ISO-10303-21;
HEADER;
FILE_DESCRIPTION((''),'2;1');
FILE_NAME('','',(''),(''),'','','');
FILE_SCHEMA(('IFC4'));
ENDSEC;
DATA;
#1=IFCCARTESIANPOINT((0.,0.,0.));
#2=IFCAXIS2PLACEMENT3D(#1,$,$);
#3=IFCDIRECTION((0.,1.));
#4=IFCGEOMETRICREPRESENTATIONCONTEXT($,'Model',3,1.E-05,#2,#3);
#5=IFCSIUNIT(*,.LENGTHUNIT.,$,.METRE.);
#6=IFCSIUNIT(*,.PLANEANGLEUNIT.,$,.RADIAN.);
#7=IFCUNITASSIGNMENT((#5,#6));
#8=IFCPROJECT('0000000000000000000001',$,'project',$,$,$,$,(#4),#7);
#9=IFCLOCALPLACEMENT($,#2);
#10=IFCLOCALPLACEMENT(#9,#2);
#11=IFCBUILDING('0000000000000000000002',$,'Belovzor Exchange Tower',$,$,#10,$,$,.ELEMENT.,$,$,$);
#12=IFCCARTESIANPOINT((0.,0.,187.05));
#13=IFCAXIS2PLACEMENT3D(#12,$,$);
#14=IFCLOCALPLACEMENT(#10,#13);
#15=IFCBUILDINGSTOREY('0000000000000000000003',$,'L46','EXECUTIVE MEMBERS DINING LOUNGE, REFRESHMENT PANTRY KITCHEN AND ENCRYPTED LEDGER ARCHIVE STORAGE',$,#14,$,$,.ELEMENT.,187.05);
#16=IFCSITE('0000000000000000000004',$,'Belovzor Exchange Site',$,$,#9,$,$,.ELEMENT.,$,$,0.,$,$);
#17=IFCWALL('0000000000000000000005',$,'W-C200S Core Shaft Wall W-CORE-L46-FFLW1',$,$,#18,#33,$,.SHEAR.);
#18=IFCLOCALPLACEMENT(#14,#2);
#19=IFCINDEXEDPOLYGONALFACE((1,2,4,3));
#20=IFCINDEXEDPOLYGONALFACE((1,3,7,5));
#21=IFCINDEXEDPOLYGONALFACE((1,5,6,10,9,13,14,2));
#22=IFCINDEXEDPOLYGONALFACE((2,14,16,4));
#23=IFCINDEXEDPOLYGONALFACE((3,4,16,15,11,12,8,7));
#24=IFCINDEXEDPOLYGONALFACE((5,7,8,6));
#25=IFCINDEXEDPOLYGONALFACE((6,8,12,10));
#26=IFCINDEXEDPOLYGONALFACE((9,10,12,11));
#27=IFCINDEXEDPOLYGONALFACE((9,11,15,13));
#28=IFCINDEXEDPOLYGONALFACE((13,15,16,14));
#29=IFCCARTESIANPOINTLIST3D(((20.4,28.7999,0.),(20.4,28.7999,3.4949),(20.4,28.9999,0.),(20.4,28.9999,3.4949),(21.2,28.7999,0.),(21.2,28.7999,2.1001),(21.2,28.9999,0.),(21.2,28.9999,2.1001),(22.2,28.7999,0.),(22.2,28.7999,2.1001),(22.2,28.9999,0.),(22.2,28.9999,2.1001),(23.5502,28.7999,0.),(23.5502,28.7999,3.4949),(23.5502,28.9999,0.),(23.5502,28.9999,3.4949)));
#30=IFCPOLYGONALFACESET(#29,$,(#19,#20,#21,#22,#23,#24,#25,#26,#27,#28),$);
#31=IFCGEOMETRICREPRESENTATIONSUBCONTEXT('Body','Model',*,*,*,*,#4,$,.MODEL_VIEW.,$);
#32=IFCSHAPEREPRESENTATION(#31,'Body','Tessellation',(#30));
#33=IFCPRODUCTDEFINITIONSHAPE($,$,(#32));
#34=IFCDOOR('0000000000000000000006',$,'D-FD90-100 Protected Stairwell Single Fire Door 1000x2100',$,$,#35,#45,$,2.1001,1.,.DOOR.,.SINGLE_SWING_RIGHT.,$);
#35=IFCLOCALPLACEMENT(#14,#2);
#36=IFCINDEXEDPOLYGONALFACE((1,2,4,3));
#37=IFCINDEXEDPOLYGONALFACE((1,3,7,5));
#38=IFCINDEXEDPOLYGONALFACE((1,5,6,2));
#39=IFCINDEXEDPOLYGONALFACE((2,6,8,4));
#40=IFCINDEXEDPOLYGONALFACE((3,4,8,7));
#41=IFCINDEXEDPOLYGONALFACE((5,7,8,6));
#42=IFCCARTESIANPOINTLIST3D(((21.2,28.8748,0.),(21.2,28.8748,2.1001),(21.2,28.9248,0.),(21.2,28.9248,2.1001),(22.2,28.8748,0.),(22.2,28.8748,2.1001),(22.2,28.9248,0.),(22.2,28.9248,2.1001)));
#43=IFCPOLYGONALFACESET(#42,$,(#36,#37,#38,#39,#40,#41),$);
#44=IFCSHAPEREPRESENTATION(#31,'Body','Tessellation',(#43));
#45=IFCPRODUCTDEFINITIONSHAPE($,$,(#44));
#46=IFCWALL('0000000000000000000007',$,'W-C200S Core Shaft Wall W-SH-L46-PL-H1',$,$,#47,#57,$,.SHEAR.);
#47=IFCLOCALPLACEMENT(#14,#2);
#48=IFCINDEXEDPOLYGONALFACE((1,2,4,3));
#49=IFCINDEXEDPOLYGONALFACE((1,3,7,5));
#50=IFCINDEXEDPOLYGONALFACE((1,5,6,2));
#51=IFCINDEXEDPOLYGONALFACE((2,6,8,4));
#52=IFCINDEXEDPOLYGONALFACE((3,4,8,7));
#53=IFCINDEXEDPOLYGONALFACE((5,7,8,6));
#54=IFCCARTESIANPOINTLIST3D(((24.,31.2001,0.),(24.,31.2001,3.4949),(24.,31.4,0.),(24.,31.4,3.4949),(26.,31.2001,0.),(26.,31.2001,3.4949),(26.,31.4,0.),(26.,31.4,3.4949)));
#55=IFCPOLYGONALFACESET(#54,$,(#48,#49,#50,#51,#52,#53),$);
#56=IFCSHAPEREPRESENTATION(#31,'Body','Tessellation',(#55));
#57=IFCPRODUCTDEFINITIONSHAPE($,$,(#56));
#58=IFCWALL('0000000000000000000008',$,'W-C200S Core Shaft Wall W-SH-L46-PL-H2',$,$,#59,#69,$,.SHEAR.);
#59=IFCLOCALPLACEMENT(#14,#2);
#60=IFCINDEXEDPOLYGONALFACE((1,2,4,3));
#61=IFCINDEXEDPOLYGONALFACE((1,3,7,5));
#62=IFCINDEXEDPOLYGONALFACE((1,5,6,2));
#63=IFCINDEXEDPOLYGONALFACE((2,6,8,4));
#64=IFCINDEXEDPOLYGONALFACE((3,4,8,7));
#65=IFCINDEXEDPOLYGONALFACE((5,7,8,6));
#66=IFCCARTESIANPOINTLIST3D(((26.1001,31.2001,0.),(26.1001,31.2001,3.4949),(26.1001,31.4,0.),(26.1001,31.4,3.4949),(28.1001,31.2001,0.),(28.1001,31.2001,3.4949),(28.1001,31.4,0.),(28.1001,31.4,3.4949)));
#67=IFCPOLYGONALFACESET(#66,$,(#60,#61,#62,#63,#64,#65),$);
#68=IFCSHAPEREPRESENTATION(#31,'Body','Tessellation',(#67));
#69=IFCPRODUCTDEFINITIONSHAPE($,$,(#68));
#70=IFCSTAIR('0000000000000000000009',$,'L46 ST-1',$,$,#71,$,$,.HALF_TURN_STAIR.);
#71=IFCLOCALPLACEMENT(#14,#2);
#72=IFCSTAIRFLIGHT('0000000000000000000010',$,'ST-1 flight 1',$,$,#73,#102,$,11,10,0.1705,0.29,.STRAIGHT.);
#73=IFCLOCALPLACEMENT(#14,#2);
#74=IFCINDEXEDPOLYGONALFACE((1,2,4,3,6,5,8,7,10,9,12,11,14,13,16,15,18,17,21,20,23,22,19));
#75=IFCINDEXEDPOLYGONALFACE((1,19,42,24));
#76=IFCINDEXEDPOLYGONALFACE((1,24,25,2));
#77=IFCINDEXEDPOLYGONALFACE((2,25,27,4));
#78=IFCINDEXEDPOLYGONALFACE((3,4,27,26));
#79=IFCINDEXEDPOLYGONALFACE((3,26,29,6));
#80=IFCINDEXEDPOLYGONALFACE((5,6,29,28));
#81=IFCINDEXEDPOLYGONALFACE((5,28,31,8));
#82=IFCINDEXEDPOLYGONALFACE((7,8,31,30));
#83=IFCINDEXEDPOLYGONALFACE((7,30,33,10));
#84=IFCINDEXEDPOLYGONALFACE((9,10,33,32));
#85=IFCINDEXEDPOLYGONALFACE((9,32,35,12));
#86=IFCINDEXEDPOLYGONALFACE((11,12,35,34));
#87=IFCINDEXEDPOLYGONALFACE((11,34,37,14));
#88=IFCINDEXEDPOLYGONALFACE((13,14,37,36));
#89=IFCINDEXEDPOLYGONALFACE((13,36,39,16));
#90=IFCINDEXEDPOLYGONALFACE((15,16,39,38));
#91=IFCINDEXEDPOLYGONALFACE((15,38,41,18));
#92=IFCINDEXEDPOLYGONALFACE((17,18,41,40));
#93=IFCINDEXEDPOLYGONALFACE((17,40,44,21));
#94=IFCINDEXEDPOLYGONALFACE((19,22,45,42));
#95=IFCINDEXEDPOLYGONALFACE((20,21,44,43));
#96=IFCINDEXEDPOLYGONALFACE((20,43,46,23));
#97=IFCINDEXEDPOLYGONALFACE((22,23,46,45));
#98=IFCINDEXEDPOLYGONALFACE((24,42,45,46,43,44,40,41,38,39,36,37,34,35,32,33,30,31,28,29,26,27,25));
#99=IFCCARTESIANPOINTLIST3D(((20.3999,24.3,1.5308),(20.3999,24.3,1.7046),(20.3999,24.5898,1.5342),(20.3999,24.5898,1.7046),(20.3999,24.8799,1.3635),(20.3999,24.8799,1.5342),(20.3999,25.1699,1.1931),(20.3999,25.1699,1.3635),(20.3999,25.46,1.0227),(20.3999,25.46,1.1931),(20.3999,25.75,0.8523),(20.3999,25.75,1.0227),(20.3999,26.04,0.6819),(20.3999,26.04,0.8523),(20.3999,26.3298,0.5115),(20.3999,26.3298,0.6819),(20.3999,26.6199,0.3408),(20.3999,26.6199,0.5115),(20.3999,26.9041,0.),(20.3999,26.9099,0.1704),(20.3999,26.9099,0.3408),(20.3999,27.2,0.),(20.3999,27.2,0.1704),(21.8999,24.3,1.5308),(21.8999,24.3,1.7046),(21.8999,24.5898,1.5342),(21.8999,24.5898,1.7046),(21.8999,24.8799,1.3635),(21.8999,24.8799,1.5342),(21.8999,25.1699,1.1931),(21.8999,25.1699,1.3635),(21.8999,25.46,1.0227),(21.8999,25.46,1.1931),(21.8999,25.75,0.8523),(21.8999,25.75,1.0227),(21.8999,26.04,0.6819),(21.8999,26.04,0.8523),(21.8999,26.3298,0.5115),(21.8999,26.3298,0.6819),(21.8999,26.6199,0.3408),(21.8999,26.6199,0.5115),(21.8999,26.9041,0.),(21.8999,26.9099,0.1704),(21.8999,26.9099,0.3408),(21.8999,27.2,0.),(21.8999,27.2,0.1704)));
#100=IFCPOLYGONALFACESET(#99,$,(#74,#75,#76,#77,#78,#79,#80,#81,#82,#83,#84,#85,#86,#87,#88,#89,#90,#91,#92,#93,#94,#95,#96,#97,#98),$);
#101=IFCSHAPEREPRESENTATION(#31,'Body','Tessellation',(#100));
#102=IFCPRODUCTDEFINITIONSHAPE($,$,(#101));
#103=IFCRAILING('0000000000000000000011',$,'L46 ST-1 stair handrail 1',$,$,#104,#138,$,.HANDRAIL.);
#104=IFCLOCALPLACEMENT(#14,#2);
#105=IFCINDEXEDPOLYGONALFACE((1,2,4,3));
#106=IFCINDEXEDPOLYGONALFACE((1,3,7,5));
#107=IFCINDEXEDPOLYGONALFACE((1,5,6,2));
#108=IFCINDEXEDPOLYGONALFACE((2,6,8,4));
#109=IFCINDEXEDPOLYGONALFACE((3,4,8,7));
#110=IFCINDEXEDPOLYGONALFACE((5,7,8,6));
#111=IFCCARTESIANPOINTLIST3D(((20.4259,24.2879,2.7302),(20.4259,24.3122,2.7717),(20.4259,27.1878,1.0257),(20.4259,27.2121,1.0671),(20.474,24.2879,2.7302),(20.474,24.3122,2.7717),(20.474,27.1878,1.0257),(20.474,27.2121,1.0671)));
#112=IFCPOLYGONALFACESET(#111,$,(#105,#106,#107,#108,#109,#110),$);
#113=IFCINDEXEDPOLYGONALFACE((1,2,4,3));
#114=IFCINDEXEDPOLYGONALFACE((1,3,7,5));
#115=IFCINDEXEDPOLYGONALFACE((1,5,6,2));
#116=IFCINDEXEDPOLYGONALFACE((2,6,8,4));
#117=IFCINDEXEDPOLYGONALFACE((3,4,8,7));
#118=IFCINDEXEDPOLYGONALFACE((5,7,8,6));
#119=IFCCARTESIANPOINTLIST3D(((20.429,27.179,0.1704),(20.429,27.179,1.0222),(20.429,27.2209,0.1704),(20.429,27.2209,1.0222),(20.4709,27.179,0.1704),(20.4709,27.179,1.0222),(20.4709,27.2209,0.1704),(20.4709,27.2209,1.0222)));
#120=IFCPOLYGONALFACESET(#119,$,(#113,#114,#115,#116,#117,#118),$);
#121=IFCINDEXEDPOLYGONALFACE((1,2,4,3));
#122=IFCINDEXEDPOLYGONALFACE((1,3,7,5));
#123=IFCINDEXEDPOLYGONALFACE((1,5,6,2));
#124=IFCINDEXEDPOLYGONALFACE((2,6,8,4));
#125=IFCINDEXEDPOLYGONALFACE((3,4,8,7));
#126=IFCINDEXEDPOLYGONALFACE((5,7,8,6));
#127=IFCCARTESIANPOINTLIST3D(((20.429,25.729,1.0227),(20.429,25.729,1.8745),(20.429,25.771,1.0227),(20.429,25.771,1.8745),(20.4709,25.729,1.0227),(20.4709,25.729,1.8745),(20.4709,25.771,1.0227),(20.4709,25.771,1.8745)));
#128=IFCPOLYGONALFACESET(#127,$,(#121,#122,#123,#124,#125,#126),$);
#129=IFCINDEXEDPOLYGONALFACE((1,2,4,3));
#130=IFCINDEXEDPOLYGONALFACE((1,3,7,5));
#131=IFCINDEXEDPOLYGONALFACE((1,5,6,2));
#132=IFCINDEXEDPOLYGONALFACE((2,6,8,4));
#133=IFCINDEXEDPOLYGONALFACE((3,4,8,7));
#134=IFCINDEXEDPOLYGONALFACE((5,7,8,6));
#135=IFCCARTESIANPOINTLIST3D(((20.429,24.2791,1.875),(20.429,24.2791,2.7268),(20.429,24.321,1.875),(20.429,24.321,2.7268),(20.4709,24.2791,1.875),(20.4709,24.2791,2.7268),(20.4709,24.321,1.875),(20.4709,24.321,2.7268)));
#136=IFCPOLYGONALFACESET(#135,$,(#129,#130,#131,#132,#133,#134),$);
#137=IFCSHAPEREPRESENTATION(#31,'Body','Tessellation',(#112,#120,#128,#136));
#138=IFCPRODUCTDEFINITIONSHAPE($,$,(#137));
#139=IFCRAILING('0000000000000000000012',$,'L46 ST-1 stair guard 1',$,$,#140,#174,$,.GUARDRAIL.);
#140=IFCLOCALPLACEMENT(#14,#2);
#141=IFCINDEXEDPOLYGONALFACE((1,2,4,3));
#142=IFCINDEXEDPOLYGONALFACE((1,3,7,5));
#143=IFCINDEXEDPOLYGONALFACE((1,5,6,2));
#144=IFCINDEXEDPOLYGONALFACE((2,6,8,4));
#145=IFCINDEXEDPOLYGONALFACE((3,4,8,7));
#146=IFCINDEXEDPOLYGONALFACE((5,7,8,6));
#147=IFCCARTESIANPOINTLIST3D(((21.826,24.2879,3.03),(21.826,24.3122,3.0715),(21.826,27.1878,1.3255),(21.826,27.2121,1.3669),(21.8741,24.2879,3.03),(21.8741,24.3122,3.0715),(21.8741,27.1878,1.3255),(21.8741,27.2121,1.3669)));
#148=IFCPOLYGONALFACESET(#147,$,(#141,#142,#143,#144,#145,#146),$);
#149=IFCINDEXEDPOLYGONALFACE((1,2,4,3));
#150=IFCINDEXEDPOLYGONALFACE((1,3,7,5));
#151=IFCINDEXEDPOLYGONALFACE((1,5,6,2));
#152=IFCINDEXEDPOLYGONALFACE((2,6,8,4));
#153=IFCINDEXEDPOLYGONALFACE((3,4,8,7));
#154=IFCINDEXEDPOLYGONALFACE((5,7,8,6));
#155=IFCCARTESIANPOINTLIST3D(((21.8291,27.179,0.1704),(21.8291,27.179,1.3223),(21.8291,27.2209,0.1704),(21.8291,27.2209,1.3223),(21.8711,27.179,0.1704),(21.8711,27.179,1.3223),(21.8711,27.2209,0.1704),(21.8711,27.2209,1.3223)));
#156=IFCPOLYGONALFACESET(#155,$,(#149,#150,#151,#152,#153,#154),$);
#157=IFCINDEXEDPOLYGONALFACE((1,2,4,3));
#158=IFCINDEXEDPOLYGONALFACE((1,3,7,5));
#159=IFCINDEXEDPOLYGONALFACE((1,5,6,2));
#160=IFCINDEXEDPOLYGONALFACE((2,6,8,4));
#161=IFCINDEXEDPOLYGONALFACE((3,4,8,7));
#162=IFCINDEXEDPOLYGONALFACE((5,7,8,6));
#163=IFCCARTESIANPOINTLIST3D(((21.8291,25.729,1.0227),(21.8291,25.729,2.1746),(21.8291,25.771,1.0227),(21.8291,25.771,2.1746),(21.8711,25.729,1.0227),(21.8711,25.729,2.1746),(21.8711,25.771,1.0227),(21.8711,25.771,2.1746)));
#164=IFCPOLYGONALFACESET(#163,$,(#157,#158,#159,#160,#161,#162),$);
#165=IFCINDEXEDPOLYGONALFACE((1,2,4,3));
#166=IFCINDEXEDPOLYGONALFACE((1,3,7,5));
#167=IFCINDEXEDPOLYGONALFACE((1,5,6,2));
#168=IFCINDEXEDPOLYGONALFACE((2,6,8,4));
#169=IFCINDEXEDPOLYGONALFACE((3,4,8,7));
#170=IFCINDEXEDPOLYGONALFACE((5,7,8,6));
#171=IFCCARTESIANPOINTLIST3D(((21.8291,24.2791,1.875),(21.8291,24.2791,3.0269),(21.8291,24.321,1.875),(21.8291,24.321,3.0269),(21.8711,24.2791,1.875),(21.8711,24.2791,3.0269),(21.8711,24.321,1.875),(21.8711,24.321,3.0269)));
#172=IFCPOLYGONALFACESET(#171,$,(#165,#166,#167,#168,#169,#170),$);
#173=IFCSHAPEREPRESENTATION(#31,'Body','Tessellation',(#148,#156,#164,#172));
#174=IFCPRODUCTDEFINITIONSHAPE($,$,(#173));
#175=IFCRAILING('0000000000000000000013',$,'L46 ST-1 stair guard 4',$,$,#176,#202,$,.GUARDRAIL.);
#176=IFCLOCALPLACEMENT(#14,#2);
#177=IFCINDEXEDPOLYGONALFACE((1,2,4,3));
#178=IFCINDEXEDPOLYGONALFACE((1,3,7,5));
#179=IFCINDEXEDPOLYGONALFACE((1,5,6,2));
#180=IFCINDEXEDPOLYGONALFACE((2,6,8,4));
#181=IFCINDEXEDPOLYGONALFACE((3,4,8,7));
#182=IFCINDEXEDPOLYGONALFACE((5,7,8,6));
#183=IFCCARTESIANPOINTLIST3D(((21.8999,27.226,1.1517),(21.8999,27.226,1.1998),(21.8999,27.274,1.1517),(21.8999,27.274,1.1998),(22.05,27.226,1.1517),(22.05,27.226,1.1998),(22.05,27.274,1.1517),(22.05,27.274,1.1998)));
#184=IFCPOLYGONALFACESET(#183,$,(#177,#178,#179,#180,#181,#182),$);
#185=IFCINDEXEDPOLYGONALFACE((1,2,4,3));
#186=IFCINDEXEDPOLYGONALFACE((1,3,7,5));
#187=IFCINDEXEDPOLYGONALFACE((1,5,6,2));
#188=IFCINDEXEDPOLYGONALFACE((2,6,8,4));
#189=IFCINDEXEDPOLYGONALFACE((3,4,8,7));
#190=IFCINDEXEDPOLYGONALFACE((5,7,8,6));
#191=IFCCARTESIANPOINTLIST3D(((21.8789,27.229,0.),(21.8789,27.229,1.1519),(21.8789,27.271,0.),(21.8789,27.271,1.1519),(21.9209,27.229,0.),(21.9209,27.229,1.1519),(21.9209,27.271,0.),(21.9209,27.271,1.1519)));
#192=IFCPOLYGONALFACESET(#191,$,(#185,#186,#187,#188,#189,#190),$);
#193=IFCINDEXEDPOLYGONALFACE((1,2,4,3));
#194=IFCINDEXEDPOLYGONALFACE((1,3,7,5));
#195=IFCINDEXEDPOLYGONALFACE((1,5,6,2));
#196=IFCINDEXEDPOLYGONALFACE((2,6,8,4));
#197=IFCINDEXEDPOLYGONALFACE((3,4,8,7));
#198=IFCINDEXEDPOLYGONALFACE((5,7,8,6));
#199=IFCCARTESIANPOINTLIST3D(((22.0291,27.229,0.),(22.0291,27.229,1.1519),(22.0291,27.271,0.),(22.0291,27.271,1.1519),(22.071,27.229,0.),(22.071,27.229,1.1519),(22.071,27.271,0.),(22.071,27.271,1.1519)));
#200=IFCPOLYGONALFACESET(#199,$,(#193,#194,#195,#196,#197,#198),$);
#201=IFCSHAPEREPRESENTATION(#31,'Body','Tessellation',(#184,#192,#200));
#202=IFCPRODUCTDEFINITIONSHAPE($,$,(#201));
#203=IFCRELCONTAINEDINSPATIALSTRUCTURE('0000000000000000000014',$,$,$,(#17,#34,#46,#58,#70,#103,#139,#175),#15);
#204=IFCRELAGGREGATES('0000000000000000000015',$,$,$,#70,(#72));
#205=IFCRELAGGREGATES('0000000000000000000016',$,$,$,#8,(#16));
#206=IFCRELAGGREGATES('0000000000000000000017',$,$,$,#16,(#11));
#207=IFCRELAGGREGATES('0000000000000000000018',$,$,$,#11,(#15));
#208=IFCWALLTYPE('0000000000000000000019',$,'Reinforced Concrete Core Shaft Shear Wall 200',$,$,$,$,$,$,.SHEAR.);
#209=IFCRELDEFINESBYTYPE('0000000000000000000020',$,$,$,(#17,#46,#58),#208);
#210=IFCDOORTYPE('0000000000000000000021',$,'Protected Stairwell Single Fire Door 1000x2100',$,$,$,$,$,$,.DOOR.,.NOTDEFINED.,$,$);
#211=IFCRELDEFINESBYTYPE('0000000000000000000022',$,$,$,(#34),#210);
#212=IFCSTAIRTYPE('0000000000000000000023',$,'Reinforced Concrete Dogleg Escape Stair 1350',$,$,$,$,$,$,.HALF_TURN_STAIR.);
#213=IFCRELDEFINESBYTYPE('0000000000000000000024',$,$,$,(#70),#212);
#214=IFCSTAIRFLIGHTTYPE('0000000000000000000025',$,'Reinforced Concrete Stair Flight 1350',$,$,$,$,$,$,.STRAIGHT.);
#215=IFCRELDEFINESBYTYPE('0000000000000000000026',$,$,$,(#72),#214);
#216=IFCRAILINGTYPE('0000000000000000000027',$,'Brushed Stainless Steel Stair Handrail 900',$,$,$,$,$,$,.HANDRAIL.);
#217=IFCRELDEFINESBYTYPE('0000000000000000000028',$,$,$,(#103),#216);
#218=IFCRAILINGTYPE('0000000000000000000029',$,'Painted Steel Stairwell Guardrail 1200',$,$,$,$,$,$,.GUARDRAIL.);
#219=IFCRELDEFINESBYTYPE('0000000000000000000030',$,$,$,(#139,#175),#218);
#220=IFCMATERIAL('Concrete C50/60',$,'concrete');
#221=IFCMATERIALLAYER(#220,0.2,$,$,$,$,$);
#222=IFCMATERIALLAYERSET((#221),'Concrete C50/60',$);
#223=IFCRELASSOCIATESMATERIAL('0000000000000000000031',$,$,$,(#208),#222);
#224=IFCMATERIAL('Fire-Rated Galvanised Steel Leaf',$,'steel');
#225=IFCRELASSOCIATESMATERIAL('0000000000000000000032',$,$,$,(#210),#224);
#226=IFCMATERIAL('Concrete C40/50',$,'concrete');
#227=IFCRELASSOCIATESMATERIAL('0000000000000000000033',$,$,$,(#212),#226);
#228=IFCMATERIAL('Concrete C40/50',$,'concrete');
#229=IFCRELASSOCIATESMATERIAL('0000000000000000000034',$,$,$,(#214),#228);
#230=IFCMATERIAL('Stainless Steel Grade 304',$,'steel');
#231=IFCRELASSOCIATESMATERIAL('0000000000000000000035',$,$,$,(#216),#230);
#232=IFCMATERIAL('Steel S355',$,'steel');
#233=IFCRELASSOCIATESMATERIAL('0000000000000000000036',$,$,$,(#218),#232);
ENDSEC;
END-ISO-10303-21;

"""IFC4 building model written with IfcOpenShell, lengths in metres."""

from ifc_helpers import new_model, si_unit, direction, frame, frame_2d, origin, origin_2d, place, context, subcontext, project, spatial, polyline, rectangle, outline, extrude, material, layer, layer_set, type_object, element, fill, aggregate, save


model = new_model("IFC4")

# Units and contexts
model_context = context("Model", 3, precision=1e-05, world=origin(), true_north=direction((0.0, 1.0)))
body_context = subcontext(model_context, "Body", "Model", "MODEL_VIEW")
ifc_project = project(units=[si_unit("LENGTHUNIT", "METRE"), si_unit("PLANEANGLEUNIT", "RADIAN")], contexts=[model_context])

# Site, building, storey
site_placement = place(None, origin())
site = spatial("IfcSite", under=ifc_project, at=site_placement, Name="Belovzor Exchange Site", CompositionType="ELEMENT", RefElevation=0.0)
building_placement = place(site_placement, origin())
building = spatial("IfcBuilding", under=site, at=building_placement, Name="Belovzor Exchange Tower", CompositionType="ELEMENT")
storey_placement = place(building_placement, frame((0.0, 0.0, 187.05)))
storey = spatial("IfcBuildingStorey", under=building, at=storey_placement, Name="L46", Description="EXECUTIVE MEMBERS DINING LOUNGE, REFRESHMENT PANTRY KITCHEN AND ENCRYPTED LEDGER ARCHIVE STORAGE", CompositionType="ELEMENT", Elevation=187.05)

# Wall, opening, door
ifc_material_1 = material(Name="Concrete C50/60", Category="concrete")
ifc_layer_1 = layer(ifc_material_1, 0.2)
ifc_layer_set_1 = layer_set([ifc_layer_1], Name="Concrete C50/60")
wall_type_1 = type_object("IfcWallType", Name="Reinforced Concrete Core Shaft Shear Wall 200", PredefinedType="SHEAR", material=ifc_layer_set_1)
wall_1_placement = place(storey_placement, frame((20.3999, 28.8999, 0.0), z_axis=(0.0, 0.0, 1.0), x_axis=(1.0, 0.0, 0.0)))
wall_1 = element("IfcWall", 1, at=wall_1_placement, inside=storey, type_object=wall_type_1, Name="W-C200S Core Shaft Wall W-CORE-L46-FFLW1", PredefinedType="SHEAR", context=body_context, shape_type="SweptSolid", body=[
    extrude(rectangle(XDim=3.1501, YDim=0.2, at=frame_2d((1.5752, 0.0))), origin(), (0.0, 0.0, 1.0), 3.4949),
])
opening_1_placement = place(wall_1_placement, frame((0.8, 0.0, 0.0)))
opening_1 = element("IfcOpeningElement", 2, at=opening_1_placement, cuts=wall_1, PredefinedType="OPENING", context=body_context, shape_type="SweptSolid", body=[
    extrude(rectangle(XDim=1.0, YDim=2.1001, at=frame_2d((0.5, 1.05))), frame((0.0, 0.1099, 0.0), z_axis=(0.0, -1.0, 0.0), x_axis=(1.0, 0.0, 0.0)), (0.0, 0.0, 1.0), 0.22),
])
ifc_material_2 = material(Name="Fire-Rated Galvanised Steel Leaf", Category="steel")
door_type_1 = type_object("IfcDoorType", Name="Protected Stairwell Single Fire Door 1000x2100", OperationType="NOTDEFINED", PredefinedType="DOOR", material=ifc_material_2)
door_1_placement = place(opening_1_placement, origin())
door_1 = element("IfcDoor", 3, at=door_1_placement, inside=storey, type_object=door_type_1, Name="D-FD90-100 Protected Stairwell Single Fire Door 1000x2100", OperationType="SINGLE_SWING_RIGHT", OverallHeight=2.1001, OverallWidth=1.0, PredefinedType="DOOR", context=body_context, shape_type="SweptSolid", body=[
    extrude(rectangle(XDim=1.0, YDim=2.1001, at=frame_2d((0.5, 1.05))), frame((0.0, 0.0249, 0.0), z_axis=(0.0, -1.0, 0.0), x_axis=(1.0, 0.0, 0.0)), (0.0, 0.0, 1.0), 0.05),
])
fill(opening_1, door_1)

# Walls
for number, where, z_axis, x_axis, name in (
    (4, (24.0, 31.3, 0.0), (0.0, 0.0, 1.0), (1.0, 0.0, 0.0), "W-C200S Core Shaft Wall W-SH-L46-PL-H1"),
    (5, (26.1001, 31.3, 0.0), (0.0, 0.0, 1.0), (1.0, 0.0, 0.0), "W-C200S Core Shaft Wall W-SH-L46-PL-H2"),
):
    element("IfcWall", number, at=place(storey_placement, frame(where, z_axis=z_axis, x_axis=x_axis)), inside=storey, type_object=wall_type_1, Name=name, PredefinedType="SHEAR", context=body_context, shape_type="SweptSolid", body=[
        extrude(rectangle(XDim=2.0, YDim=0.2, at=frame_2d((1.0, 0.0))), origin(), (0.0, 0.0, 1.0), 3.4949),
    ])

# Stair, stair flight
ifc_material_3 = material(Name="Concrete C40/50", Category="concrete")
stair_type = type_object("IfcStairType", Name="Reinforced Concrete Dogleg Escape Stair 1350", PredefinedType="HALF_TURN_STAIR", material=ifc_material_3)
stair_placement = place(storey_placement, origin())
stair = element("IfcStair", 6, at=stair_placement, inside=storey, type_object=stair_type, Name="L46 ST-1", PredefinedType="HALF_TURN_STAIR")
ifc_material_4 = material(Name="Concrete C40/50", Category="concrete")
stair_flight_type = type_object("IfcStairFlightType", Name="Reinforced Concrete Stair Flight 1350", PredefinedType="STRAIGHT", material=ifc_material_4)
stair_flight_placement = place(storey_placement, frame((21.1499, 27.2, 0.0), z_axis=(0.0, 0.0, 1.0), x_axis=(0.0, -1.0, 0.0)))
stair_flight = element("IfcStairFlight", 7, at=stair_flight_placement, type_object=stair_flight_type, Name="ST-1 flight 1", NumberOfRisers=11, NumberOfTreads=10, PredefinedType="STRAIGHT", RiserHeight=0.1705, TreadLength=0.29, context=body_context, shape_type="SweptSolid", body=[
    extrude(outline(polyline([(0.0, 0.0), (0.0, 0.1704), (0.29, 0.1704), (0.29, 0.3408), (0.5801, 0.3408), (0.5801, 0.5115), (0.8701, 0.5115), (0.8701, 0.6819), (1.1599, 0.6819), (1.1599, 0.8523), (1.45, 0.8523), (1.45, 1.0227), (1.74, 1.0227), (1.74, 1.1931), (2.03, 1.1931), (2.03, 1.3635), (2.3201, 1.3635), (2.3201, 1.5342), (2.6101, 1.5342), (2.6101, 1.7046), (2.8999, 1.7046), (2.8999, 1.875), (2.8999, 1.5308), (0.2959, 0.0), (0.0, 0.0)])), frame((0.0, 0.75, 0.0), z_axis=(0.0, -1.0, 0.0), x_axis=(1.0, 0.0, 0.0)), (0.0, 0.0, 1.0), 1.5),
])
aggregate(stair, [stair_flight])

# Railings
ifc_material_5 = material(Name="Stainless Steel Grade 304", Category="steel")
railing_type_1 = type_object("IfcRailingType", Name="Brushed Stainless Steel Stair Handrail 900", PredefinedType="HANDRAIL", material=ifc_material_5)
railing_1_placement = place(storey_placement, frame((20.45, 27.2, 0.1704)))
element("IfcRailing", 8, at=railing_1_placement, inside=storey, type_object=railing_type_1, Name="L46 ST-1 stair handrail 1", PredefinedType="HANDRAIL", context=body_context, shape_type="SweptSolid", body=[
    extrude(rectangle(XDim=0.0481, YDim=0.0481, at=origin_2d()), frame((0.0, 0.0, 0.876), z_axis=(0.0, -0.862095, 0.506747), x_axis=(1.0, 0.0, 0.0)), (0.0, 0.0, 1.0), 3.3638),
    extrude(rectangle(XDim=0.042, YDim=0.042, at=origin_2d()), origin(), (0.0, 0.0, 1.0), 0.8518),
    extrude(rectangle(XDim=0.042, YDim=0.042, at=origin_2d()), frame((0.0, -1.45, 0.8523)), (0.0, 0.0, 1.0), 0.8518),
    extrude(rectangle(XDim=0.042, YDim=0.042, at=origin_2d()), frame((0.0, -2.8999, 1.7046)), (0.0, 0.0, 1.0), 0.8518),
])
ifc_material_6 = material(Name="Steel S355", Category="steel")
railing_type_2 = type_object("IfcRailingType", Name="Painted Steel Stairwell Guardrail 1200", PredefinedType="GUARDRAIL", material=ifc_material_6)
railing_2_placement = place(storey_placement, frame((21.8501, 27.2, 0.1704)))
element("IfcRailing", 9, at=railing_2_placement, inside=storey, type_object=railing_type_2, Name="L46 ST-1 stair guard 1", PredefinedType="GUARDRAIL", context=body_context, shape_type="SweptSolid", body=[
    extrude(rectangle(XDim=0.0481, YDim=0.0481, at=origin_2d()), frame((0.0, 0.0, 1.1758), z_axis=(0.0, -0.862095, 0.506747), x_axis=(1.0, 0.0, 0.0)), (0.0, 0.0, 1.0), 3.3638),
    extrude(rectangle(XDim=0.042, YDim=0.042, at=origin_2d()), origin(), (0.0, 0.0, 1.0), 1.1519),
    extrude(rectangle(XDim=0.042, YDim=0.042, at=origin_2d()), frame((0.0, -1.45, 0.8523)), (0.0, 0.0, 1.0), 1.1519),
    extrude(rectangle(XDim=0.042, YDim=0.042, at=origin_2d()), frame((0.0, -2.8999, 1.7046)), (0.0, 0.0, 1.0), 1.1519),
])
railing_3_placement = place(storey_placement, frame((21.8999, 27.25, 0.0)))
element("IfcRailing", 10, at=railing_3_placement, inside=storey, type_object=railing_type_2, Name="L46 ST-1 stair guard 4", PredefinedType="GUARDRAIL", context=body_context, shape_type="SweptSolid", body=[
    extrude(rectangle(XDim=0.0481, YDim=0.0481, at=origin_2d()), frame((0.0, 0.0, 1.1758), z_axis=(1.0, 0.0, 0.0), x_axis=(0.0, 1.0, 0.0)), (0.0, 0.0, 1.0), 0.1501),
    extrude(rectangle(XDim=0.042, YDim=0.042, at=origin_2d()), origin(), (0.0, 0.0, 1.0), 1.1519),
    extrude(rectangle(XDim=0.042, YDim=0.042, at=origin_2d()), frame((0.1501, 0.0, 0.0)), (0.0, 0.0, 1.0), 1.1519),
])

save(model, "model.ifc")
